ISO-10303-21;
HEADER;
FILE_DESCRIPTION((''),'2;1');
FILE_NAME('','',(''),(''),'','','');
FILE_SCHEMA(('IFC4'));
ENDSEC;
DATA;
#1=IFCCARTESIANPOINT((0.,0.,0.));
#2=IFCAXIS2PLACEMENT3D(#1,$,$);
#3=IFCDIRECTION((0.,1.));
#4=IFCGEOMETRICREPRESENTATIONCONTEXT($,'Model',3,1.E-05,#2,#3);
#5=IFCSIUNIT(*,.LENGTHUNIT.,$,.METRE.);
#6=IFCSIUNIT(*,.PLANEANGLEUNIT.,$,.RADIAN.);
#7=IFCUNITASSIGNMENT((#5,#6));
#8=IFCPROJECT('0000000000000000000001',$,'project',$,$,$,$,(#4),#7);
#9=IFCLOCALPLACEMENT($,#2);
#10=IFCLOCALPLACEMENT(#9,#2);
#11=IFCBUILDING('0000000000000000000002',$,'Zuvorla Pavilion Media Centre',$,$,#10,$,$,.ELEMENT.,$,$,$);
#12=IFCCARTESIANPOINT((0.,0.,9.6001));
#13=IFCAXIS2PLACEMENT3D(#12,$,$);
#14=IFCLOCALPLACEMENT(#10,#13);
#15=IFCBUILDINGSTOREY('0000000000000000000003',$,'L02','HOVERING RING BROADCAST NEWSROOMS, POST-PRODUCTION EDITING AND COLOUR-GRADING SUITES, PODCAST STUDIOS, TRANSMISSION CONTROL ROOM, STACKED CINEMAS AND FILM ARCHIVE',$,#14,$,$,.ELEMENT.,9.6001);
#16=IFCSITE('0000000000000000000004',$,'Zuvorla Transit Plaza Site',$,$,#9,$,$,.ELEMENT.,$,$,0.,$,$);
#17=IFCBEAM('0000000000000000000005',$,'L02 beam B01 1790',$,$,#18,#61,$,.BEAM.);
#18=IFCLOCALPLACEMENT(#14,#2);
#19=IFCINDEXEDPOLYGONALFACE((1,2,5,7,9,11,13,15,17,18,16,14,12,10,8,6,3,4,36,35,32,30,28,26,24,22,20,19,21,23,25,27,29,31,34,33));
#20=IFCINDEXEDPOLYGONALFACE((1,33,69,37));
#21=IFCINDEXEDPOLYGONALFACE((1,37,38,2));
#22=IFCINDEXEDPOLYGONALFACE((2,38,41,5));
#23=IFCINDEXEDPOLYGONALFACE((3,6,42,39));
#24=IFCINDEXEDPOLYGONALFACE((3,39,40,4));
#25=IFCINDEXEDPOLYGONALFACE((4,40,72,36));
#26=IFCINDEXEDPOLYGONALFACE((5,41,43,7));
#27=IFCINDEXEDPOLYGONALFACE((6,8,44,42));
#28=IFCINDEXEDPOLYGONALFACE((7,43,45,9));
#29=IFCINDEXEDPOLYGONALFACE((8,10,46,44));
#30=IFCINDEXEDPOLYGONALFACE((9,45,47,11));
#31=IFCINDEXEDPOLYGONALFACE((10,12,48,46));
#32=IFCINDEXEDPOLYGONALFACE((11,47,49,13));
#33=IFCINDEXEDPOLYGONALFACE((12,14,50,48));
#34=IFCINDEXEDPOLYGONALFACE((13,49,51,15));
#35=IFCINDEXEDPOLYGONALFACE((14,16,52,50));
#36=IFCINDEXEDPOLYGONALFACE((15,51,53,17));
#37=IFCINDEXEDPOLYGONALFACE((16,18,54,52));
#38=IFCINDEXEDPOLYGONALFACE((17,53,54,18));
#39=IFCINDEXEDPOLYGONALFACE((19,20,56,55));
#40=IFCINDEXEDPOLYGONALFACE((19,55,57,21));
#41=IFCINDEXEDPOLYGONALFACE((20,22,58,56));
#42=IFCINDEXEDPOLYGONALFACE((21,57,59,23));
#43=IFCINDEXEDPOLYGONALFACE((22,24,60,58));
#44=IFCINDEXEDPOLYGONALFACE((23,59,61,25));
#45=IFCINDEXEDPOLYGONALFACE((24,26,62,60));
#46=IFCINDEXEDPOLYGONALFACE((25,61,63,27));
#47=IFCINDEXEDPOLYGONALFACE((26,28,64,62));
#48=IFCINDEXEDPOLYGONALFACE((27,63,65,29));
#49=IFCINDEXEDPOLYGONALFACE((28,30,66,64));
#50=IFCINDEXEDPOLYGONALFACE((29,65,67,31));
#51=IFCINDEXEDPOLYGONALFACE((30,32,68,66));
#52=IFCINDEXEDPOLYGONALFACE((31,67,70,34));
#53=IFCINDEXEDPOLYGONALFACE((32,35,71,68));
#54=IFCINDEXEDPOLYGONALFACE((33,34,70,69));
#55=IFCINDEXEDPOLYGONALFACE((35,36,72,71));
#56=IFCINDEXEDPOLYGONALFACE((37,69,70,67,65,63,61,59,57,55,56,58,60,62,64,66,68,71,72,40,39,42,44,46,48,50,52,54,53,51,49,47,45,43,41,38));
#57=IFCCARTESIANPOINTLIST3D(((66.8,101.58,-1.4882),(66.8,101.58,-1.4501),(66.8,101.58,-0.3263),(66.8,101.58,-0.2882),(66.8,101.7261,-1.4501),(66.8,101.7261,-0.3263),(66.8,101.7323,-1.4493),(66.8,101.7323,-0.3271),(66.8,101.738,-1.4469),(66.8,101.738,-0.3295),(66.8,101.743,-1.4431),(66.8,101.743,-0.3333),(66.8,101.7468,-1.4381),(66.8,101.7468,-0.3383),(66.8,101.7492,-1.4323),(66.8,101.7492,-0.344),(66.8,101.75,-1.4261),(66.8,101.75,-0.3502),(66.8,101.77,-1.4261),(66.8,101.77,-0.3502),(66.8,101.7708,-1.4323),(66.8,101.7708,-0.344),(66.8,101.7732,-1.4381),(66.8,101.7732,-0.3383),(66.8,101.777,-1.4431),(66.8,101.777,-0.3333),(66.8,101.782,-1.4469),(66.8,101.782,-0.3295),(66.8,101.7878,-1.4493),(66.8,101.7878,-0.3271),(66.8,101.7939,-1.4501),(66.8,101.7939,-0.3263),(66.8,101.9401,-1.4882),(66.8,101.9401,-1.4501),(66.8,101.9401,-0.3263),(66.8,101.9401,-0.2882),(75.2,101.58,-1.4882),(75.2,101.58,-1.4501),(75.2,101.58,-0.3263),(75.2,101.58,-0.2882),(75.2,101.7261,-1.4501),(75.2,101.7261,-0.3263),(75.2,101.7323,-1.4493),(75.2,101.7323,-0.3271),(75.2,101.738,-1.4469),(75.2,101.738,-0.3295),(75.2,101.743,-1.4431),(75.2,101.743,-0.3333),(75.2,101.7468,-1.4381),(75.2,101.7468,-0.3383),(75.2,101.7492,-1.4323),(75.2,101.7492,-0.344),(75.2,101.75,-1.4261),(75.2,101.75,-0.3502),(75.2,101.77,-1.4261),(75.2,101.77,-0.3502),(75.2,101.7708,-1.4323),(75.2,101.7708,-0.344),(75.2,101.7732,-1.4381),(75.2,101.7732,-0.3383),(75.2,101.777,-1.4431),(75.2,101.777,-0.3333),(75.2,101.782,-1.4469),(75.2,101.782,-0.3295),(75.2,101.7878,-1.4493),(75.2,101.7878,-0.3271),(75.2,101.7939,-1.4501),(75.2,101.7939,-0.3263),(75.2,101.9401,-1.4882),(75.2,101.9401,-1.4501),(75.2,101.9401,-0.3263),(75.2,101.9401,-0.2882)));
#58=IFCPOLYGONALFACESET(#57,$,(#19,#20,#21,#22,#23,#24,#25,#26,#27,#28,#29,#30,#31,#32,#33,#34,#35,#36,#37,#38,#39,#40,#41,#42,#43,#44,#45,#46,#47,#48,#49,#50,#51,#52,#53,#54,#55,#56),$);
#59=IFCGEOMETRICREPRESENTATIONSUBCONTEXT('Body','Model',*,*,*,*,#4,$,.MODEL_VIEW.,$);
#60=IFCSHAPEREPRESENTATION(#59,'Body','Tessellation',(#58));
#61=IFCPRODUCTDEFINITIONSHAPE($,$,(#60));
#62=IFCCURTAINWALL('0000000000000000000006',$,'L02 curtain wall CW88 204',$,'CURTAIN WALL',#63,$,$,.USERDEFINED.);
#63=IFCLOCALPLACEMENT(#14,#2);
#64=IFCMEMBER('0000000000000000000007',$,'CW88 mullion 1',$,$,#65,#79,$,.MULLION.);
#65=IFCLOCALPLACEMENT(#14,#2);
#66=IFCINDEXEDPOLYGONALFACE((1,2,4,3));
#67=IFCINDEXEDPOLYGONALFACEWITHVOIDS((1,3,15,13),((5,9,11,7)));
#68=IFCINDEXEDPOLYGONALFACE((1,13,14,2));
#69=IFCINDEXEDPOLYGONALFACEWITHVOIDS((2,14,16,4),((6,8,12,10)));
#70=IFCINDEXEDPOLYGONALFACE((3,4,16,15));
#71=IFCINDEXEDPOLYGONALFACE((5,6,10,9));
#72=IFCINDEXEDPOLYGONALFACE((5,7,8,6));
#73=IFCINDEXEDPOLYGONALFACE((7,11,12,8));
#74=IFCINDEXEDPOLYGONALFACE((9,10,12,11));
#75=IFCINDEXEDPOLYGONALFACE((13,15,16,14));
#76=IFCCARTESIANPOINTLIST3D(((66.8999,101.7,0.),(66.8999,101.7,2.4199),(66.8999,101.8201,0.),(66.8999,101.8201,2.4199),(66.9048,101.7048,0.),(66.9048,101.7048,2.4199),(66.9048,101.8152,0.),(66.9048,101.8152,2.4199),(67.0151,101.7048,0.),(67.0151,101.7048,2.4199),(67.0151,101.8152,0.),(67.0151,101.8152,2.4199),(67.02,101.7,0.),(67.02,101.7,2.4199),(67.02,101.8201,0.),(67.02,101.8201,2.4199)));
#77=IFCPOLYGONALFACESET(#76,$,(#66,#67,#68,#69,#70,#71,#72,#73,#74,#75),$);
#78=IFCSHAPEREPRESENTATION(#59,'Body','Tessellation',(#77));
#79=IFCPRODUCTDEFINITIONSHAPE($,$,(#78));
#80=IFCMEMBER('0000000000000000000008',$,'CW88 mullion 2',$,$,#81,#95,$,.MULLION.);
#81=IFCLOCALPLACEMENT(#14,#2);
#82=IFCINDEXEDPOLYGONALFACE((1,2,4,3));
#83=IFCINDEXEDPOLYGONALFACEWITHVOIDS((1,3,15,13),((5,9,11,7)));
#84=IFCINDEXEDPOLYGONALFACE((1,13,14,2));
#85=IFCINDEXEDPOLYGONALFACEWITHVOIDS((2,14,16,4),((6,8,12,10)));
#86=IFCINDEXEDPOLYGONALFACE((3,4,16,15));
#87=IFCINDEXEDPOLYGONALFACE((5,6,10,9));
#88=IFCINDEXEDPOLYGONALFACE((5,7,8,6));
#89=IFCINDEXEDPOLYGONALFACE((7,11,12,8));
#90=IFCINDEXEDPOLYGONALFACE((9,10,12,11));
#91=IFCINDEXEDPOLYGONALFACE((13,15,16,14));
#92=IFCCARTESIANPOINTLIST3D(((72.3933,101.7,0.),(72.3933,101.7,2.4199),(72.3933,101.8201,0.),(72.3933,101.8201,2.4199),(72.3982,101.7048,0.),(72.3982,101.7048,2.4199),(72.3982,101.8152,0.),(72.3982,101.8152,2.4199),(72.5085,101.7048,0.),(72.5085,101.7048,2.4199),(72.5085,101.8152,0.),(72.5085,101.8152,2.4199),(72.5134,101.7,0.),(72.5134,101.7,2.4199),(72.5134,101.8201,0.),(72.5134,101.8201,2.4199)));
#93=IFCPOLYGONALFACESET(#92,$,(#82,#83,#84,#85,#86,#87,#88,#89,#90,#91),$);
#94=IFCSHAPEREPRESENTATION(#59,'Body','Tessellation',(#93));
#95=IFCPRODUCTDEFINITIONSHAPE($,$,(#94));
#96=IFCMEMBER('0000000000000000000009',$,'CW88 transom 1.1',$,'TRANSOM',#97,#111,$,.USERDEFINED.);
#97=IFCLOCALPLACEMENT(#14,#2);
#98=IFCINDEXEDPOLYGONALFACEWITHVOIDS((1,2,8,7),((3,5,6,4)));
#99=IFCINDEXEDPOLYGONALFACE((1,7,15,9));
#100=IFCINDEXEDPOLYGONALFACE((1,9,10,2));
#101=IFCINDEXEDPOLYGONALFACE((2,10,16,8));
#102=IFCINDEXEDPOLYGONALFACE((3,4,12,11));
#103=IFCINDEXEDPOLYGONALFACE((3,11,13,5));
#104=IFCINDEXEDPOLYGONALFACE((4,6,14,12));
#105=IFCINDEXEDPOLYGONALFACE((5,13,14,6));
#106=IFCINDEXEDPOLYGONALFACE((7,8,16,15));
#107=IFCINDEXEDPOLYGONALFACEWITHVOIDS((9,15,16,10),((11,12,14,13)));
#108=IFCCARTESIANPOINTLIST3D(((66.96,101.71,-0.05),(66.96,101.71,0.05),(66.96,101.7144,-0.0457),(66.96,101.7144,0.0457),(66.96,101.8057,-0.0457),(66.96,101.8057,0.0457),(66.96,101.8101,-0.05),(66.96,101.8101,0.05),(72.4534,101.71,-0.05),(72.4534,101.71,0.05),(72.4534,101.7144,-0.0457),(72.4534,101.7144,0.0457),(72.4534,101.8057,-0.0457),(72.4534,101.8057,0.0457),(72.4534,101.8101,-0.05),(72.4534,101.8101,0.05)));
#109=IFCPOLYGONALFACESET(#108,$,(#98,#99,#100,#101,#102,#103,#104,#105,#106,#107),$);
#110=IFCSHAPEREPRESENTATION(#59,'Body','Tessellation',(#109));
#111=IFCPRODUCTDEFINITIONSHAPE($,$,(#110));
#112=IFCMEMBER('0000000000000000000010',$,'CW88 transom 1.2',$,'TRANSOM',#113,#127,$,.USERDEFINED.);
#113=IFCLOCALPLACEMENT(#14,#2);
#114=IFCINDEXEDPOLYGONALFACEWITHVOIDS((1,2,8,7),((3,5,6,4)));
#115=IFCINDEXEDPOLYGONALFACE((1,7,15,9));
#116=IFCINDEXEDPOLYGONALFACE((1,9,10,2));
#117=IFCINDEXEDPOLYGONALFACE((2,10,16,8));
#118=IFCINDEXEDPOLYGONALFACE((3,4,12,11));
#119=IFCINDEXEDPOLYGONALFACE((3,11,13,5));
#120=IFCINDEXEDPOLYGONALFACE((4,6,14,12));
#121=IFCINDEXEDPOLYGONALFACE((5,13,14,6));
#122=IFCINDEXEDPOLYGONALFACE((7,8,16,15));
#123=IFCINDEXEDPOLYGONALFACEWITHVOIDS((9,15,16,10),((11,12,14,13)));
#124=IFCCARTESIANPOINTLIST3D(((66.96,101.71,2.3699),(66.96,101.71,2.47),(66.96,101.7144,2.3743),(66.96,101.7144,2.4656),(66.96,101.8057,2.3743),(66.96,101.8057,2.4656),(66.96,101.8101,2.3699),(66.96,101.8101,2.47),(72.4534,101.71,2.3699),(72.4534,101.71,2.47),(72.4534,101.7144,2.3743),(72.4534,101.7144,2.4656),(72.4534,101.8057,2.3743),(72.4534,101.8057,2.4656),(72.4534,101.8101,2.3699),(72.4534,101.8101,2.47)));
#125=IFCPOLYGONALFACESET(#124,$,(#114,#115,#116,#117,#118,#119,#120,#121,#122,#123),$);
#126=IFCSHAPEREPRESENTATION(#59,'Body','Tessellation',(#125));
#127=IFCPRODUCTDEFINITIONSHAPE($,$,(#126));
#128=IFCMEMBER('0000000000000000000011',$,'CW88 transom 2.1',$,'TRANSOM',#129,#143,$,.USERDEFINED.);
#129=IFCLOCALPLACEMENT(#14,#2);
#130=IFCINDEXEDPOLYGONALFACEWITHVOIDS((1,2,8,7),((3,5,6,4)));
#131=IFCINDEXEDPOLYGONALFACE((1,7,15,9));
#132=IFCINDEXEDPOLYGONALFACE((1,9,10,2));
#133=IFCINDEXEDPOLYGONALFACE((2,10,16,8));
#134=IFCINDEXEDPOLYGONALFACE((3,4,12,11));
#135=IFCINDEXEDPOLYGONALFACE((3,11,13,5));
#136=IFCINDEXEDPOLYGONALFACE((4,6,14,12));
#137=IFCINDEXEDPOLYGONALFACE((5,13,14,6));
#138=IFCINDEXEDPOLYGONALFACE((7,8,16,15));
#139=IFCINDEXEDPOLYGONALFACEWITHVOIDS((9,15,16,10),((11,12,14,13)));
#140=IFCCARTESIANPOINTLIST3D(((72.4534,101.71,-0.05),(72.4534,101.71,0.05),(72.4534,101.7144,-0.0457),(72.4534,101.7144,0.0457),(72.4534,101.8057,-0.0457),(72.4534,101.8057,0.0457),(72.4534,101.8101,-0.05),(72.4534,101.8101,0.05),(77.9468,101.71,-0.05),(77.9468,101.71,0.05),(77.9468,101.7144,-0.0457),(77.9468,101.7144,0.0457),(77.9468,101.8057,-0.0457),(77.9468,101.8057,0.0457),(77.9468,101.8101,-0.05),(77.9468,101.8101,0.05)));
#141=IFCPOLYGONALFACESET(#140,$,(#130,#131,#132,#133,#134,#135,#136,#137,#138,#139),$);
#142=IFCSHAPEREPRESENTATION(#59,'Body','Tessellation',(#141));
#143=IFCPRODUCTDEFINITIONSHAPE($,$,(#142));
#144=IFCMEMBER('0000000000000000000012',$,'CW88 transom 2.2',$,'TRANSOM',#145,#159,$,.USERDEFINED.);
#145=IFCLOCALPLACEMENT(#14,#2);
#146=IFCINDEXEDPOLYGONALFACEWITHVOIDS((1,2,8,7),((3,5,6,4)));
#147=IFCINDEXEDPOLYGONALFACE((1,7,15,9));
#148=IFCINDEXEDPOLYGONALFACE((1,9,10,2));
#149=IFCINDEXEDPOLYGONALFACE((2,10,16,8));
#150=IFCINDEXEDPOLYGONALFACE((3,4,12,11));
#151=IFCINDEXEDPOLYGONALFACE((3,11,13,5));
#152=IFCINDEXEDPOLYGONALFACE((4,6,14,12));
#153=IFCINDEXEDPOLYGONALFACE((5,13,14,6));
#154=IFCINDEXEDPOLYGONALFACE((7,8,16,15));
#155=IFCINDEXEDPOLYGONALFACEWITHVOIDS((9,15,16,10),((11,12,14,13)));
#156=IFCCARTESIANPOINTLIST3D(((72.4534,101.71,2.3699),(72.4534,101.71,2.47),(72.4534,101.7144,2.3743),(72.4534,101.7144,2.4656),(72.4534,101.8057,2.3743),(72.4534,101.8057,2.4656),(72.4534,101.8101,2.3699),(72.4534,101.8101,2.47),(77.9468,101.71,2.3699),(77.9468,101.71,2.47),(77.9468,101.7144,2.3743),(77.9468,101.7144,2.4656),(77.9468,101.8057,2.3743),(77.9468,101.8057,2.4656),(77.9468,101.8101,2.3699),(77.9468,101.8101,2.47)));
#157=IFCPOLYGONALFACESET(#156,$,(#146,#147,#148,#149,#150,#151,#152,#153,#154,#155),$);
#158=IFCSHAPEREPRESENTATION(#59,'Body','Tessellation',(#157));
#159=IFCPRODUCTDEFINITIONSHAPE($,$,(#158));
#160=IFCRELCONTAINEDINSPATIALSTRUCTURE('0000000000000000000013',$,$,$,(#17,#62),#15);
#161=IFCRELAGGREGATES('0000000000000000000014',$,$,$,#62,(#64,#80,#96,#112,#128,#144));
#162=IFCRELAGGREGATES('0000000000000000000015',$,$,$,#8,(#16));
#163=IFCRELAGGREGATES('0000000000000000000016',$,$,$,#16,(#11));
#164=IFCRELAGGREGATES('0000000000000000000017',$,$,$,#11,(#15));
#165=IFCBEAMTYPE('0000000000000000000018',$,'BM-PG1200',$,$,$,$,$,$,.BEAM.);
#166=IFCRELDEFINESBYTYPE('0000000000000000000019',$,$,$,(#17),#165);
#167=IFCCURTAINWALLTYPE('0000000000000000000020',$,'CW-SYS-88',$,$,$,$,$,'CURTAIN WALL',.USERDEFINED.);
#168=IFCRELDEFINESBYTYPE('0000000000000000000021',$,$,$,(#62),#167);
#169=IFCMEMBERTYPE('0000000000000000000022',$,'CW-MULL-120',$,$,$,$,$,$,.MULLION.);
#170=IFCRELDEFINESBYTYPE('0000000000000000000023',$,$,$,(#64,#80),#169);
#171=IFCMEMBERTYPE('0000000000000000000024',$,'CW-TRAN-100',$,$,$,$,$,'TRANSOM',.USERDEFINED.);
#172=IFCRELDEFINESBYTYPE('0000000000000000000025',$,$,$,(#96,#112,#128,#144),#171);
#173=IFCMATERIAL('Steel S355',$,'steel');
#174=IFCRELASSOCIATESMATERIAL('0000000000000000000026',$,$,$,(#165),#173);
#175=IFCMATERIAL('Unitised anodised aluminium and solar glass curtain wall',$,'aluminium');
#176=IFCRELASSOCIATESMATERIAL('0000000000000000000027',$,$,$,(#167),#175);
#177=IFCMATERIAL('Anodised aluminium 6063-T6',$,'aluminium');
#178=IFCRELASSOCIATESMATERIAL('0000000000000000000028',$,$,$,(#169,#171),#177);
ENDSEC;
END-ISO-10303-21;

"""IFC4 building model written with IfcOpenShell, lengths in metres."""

from ifc_helpers import new_model, si_unit, direction, frame, origin, origin_2d, place, context, subcontext, project, spatial, hollow_rectangle, i_section, extrude, material, material_profile, profile_set, type_object, element, aggregate, save


model = new_model("IFC4")

# Units and contexts
model_context = context("Model", 3, precision=1e-05, world=origin(), true_north=direction((0.0, 1.0)))
body_context = subcontext(model_context, "Body", "Model", "MODEL_VIEW")
ifc_project = project(units=[si_unit("LENGTHUNIT", "METRE"), si_unit("PLANEANGLEUNIT", "RADIAN")], contexts=[model_context])

# Site, building, storey
site_placement = place(None, origin())
site = spatial("IfcSite", under=ifc_project, at=site_placement, Name="Zuvorla Transit Plaza Site", CompositionType="ELEMENT", RefElevation=0.0)
building_placement = place(site_placement, origin())
building = spatial("IfcBuilding", under=site, at=building_placement, Name="Zuvorla Pavilion Media Centre", CompositionType="ELEMENT")
storey_placement = place(building_placement, frame((0.0, 0.0, 9.6001)))
storey = spatial("IfcBuildingStorey", under=building, at=storey_placement, Name="L02", Description="HOVERING RING BROADCAST NEWSROOMS, POST-PRODUCTION EDITING AND COLOUR-GRADING SUITES, PODCAST STUDIOS, TRANSMISSION CONTROL ROOM, STACKED CINEMAS AND FILM ARCHIVE", CompositionType="ELEMENT", Elevation=9.6001)

# Beam
ifc_material_1 = material(Name="Steel S355", Category="steel")
ifc_material_profile_1 = material_profile(ifc_material_1, i_section(OverallWidth=0.3601, OverallDepth=1.2, WebThickness=0.02, FlangeThickness=0.0381, FilletRadius=0.0239, at=origin_2d()), Name="PG 1200x360x38")
ifc_profile_set_1 = profile_set([ifc_material_profile_1], Name="Steel S355")
beam_type = type_object("IfcBeamType", Name="BM-PG1200", PredefinedType="BEAM", material=ifc_profile_set_1)
beam_placement = place(storey_placement, frame((66.8, 101.76, -0.8882), z_axis=(1.0, 0.0, 0.0), x_axis=(0.0, 1.0, 0.0)))
element("IfcBeam", 1, at=beam_placement, inside=storey, type_object=beam_type, Name="L02 beam B01 1790", PredefinedType="BEAM", context=body_context, shape_type="SweptSolid", body=[
    extrude(i_section(OverallWidth=0.3601, OverallDepth=1.2, WebThickness=0.02, FlangeThickness=0.0381, FilletRadius=0.0239, at=origin_2d()), origin(), (0.0, 0.0, 1.0), 8.3999),
])

# Curtain wall, members
ifc_material_2 = material(Name="Unitised anodised aluminium and solar glass curtain wall", Category="aluminium")
curtain_wall_type = type_object("IfcCurtainWallType", Name="CW-SYS-88", ElementType="CURTAIN WALL", PredefinedType="USERDEFINED", material=ifc_material_2)
curtain_wall_placement = place(storey_placement, origin())
curtain_wall = element("IfcCurtainWall", 2, at=curtain_wall_placement, inside=storey, type_object=curtain_wall_type, Name="L02 curtain wall CW88 204", ObjectType="CURTAIN WALL", PredefinedType="USERDEFINED")
ifc_material_3 = material(Name="Anodised aluminium 6063-T6", Category="aluminium")
ifc_material_profile_2 = material_profile(ifc_material_3, hollow_rectangle(XDim=0.1201, YDim=0.1201, WallThickness=0.0049, at=origin_2d()), Name="ALU MULL 120x120")
ifc_profile_set_2 = profile_set([ifc_material_profile_2], Name="Anodised aluminium 6063-T6")
member_type_1 = type_object("IfcMemberType", Name="CW-MULL-120", PredefinedType="MULLION", material=ifc_profile_set_2)
member_1_placement = place(storey_placement, frame((66.96, 101.76, 0.0), z_axis=(0.0, 0.0, 1.0), x_axis=(1.0, 0.0, 0.0)))
member_1 = element("IfcMember", 3, at=member_1_placement, type_object=member_type_1, Name="CW88 mullion 1", PredefinedType="MULLION", context=body_context, shape_type="SweptSolid", body=[
    extrude(hollow_rectangle(XDim=0.1201, YDim=0.1201, WallThickness=0.0049, at=origin_2d()), origin(), (0.0, 0.0, 1.0), 2.4199),
])
member_2_placement = place(storey_placement, frame((72.4534, 101.76, 0.0), z_axis=(0.0, 0.0, 1.0), x_axis=(1.0, 0.0, 0.0)))
member_2 = element("IfcMember", 4, at=member_2_placement, type_object=member_type_1, Name="CW88 mullion 2", PredefinedType="MULLION", context=body_context, shape_type="SweptSolid", body=[
    extrude(hollow_rectangle(XDim=0.1201, YDim=0.1201, WallThickness=0.0049, at=origin_2d()), origin(), (0.0, 0.0, 1.0), 2.4199),
])
ifc_material_profile_3 = material_profile(ifc_material_3, hollow_rectangle(XDim=0.1001, YDim=0.1001, WallThickness=0.0044, at=origin_2d()), Name="ALU TRAN 100x100")
ifc_profile_set_3 = profile_set([ifc_material_profile_3], Name="Anodised aluminium 6063-T6")
member_type_2 = type_object("IfcMemberType", Name="CW-TRAN-100", ElementType="TRANSOM", PredefinedType="USERDEFINED", material=ifc_profile_set_3)
member_3_placement = place(storey_placement, frame((66.96, 101.76, 0.0), z_axis=(1.0, 0.0, 0.0), x_axis=(0.0, 1.0, 0.0)))
member_3 = element("IfcMember", 5, at=member_3_placement, type_object=member_type_2, Name="CW88 transom 1.1", ObjectType="TRANSOM", PredefinedType="USERDEFINED", context=body_context, shape_type="SweptSolid", body=[
    extrude(hollow_rectangle(XDim=0.1001, YDim=0.1001, WallThickness=0.0044, at=origin_2d()), origin(), (0.0, 0.0, 1.0), 5.4934),
])
member_4_placement = place(storey_placement, frame((66.96, 101.76, 2.4199), z_axis=(1.0, 0.0, 0.0), x_axis=(0.0, 1.0, 0.0)))
member_4 = element("IfcMember", 6, at=member_4_placement, type_object=member_type_2, Name="CW88 transom 1.2", ObjectType="TRANSOM", PredefinedType="USERDEFINED", context=body_context, shape_type="SweptSolid", body=[
    extrude(hollow_rectangle(XDim=0.1001, YDim=0.1001, WallThickness=0.0044, at=origin_2d()), origin(), (0.0, 0.0, 1.0), 5.4934),
])
member_5_placement = place(storey_placement, frame((72.4534, 101.76, 0.0), z_axis=(1.0, 0.0, 0.0), x_axis=(0.0, 1.0, 0.0)))
member_5 = element("IfcMember", 7, at=member_5_placement, type_object=member_type_2, Name="CW88 transom 2.1", ObjectType="TRANSOM", PredefinedType="USERDEFINED", context=body_context, shape_type="SweptSolid", body=[
    extrude(hollow_rectangle(XDim=0.1001, YDim=0.1001, WallThickness=0.0044, at=origin_2d()), origin(), (0.0, 0.0, 1.0), 5.4934),
])
member_6_placement = place(storey_placement, frame((72.4534, 101.76, 2.4199), z_axis=(1.0, 0.0, 0.0), x_axis=(0.0, 1.0, 0.0)))
member_6 = element("IfcMember", 8, at=member_6_placement, type_object=member_type_2, Name="CW88 transom 2.2", ObjectType="TRANSOM", PredefinedType="USERDEFINED", context=body_context, shape_type="SweptSolid", body=[
    extrude(hollow_rectangle(XDim=0.1001, YDim=0.1001, WallThickness=0.0044, at=origin_2d()), origin(), (0.0, 0.0, 1.0), 5.4934),
])

aggregate(curtain_wall, [member_1, member_2, member_3, member_4, member_5, member_6])

save(model, "model.ifc")
